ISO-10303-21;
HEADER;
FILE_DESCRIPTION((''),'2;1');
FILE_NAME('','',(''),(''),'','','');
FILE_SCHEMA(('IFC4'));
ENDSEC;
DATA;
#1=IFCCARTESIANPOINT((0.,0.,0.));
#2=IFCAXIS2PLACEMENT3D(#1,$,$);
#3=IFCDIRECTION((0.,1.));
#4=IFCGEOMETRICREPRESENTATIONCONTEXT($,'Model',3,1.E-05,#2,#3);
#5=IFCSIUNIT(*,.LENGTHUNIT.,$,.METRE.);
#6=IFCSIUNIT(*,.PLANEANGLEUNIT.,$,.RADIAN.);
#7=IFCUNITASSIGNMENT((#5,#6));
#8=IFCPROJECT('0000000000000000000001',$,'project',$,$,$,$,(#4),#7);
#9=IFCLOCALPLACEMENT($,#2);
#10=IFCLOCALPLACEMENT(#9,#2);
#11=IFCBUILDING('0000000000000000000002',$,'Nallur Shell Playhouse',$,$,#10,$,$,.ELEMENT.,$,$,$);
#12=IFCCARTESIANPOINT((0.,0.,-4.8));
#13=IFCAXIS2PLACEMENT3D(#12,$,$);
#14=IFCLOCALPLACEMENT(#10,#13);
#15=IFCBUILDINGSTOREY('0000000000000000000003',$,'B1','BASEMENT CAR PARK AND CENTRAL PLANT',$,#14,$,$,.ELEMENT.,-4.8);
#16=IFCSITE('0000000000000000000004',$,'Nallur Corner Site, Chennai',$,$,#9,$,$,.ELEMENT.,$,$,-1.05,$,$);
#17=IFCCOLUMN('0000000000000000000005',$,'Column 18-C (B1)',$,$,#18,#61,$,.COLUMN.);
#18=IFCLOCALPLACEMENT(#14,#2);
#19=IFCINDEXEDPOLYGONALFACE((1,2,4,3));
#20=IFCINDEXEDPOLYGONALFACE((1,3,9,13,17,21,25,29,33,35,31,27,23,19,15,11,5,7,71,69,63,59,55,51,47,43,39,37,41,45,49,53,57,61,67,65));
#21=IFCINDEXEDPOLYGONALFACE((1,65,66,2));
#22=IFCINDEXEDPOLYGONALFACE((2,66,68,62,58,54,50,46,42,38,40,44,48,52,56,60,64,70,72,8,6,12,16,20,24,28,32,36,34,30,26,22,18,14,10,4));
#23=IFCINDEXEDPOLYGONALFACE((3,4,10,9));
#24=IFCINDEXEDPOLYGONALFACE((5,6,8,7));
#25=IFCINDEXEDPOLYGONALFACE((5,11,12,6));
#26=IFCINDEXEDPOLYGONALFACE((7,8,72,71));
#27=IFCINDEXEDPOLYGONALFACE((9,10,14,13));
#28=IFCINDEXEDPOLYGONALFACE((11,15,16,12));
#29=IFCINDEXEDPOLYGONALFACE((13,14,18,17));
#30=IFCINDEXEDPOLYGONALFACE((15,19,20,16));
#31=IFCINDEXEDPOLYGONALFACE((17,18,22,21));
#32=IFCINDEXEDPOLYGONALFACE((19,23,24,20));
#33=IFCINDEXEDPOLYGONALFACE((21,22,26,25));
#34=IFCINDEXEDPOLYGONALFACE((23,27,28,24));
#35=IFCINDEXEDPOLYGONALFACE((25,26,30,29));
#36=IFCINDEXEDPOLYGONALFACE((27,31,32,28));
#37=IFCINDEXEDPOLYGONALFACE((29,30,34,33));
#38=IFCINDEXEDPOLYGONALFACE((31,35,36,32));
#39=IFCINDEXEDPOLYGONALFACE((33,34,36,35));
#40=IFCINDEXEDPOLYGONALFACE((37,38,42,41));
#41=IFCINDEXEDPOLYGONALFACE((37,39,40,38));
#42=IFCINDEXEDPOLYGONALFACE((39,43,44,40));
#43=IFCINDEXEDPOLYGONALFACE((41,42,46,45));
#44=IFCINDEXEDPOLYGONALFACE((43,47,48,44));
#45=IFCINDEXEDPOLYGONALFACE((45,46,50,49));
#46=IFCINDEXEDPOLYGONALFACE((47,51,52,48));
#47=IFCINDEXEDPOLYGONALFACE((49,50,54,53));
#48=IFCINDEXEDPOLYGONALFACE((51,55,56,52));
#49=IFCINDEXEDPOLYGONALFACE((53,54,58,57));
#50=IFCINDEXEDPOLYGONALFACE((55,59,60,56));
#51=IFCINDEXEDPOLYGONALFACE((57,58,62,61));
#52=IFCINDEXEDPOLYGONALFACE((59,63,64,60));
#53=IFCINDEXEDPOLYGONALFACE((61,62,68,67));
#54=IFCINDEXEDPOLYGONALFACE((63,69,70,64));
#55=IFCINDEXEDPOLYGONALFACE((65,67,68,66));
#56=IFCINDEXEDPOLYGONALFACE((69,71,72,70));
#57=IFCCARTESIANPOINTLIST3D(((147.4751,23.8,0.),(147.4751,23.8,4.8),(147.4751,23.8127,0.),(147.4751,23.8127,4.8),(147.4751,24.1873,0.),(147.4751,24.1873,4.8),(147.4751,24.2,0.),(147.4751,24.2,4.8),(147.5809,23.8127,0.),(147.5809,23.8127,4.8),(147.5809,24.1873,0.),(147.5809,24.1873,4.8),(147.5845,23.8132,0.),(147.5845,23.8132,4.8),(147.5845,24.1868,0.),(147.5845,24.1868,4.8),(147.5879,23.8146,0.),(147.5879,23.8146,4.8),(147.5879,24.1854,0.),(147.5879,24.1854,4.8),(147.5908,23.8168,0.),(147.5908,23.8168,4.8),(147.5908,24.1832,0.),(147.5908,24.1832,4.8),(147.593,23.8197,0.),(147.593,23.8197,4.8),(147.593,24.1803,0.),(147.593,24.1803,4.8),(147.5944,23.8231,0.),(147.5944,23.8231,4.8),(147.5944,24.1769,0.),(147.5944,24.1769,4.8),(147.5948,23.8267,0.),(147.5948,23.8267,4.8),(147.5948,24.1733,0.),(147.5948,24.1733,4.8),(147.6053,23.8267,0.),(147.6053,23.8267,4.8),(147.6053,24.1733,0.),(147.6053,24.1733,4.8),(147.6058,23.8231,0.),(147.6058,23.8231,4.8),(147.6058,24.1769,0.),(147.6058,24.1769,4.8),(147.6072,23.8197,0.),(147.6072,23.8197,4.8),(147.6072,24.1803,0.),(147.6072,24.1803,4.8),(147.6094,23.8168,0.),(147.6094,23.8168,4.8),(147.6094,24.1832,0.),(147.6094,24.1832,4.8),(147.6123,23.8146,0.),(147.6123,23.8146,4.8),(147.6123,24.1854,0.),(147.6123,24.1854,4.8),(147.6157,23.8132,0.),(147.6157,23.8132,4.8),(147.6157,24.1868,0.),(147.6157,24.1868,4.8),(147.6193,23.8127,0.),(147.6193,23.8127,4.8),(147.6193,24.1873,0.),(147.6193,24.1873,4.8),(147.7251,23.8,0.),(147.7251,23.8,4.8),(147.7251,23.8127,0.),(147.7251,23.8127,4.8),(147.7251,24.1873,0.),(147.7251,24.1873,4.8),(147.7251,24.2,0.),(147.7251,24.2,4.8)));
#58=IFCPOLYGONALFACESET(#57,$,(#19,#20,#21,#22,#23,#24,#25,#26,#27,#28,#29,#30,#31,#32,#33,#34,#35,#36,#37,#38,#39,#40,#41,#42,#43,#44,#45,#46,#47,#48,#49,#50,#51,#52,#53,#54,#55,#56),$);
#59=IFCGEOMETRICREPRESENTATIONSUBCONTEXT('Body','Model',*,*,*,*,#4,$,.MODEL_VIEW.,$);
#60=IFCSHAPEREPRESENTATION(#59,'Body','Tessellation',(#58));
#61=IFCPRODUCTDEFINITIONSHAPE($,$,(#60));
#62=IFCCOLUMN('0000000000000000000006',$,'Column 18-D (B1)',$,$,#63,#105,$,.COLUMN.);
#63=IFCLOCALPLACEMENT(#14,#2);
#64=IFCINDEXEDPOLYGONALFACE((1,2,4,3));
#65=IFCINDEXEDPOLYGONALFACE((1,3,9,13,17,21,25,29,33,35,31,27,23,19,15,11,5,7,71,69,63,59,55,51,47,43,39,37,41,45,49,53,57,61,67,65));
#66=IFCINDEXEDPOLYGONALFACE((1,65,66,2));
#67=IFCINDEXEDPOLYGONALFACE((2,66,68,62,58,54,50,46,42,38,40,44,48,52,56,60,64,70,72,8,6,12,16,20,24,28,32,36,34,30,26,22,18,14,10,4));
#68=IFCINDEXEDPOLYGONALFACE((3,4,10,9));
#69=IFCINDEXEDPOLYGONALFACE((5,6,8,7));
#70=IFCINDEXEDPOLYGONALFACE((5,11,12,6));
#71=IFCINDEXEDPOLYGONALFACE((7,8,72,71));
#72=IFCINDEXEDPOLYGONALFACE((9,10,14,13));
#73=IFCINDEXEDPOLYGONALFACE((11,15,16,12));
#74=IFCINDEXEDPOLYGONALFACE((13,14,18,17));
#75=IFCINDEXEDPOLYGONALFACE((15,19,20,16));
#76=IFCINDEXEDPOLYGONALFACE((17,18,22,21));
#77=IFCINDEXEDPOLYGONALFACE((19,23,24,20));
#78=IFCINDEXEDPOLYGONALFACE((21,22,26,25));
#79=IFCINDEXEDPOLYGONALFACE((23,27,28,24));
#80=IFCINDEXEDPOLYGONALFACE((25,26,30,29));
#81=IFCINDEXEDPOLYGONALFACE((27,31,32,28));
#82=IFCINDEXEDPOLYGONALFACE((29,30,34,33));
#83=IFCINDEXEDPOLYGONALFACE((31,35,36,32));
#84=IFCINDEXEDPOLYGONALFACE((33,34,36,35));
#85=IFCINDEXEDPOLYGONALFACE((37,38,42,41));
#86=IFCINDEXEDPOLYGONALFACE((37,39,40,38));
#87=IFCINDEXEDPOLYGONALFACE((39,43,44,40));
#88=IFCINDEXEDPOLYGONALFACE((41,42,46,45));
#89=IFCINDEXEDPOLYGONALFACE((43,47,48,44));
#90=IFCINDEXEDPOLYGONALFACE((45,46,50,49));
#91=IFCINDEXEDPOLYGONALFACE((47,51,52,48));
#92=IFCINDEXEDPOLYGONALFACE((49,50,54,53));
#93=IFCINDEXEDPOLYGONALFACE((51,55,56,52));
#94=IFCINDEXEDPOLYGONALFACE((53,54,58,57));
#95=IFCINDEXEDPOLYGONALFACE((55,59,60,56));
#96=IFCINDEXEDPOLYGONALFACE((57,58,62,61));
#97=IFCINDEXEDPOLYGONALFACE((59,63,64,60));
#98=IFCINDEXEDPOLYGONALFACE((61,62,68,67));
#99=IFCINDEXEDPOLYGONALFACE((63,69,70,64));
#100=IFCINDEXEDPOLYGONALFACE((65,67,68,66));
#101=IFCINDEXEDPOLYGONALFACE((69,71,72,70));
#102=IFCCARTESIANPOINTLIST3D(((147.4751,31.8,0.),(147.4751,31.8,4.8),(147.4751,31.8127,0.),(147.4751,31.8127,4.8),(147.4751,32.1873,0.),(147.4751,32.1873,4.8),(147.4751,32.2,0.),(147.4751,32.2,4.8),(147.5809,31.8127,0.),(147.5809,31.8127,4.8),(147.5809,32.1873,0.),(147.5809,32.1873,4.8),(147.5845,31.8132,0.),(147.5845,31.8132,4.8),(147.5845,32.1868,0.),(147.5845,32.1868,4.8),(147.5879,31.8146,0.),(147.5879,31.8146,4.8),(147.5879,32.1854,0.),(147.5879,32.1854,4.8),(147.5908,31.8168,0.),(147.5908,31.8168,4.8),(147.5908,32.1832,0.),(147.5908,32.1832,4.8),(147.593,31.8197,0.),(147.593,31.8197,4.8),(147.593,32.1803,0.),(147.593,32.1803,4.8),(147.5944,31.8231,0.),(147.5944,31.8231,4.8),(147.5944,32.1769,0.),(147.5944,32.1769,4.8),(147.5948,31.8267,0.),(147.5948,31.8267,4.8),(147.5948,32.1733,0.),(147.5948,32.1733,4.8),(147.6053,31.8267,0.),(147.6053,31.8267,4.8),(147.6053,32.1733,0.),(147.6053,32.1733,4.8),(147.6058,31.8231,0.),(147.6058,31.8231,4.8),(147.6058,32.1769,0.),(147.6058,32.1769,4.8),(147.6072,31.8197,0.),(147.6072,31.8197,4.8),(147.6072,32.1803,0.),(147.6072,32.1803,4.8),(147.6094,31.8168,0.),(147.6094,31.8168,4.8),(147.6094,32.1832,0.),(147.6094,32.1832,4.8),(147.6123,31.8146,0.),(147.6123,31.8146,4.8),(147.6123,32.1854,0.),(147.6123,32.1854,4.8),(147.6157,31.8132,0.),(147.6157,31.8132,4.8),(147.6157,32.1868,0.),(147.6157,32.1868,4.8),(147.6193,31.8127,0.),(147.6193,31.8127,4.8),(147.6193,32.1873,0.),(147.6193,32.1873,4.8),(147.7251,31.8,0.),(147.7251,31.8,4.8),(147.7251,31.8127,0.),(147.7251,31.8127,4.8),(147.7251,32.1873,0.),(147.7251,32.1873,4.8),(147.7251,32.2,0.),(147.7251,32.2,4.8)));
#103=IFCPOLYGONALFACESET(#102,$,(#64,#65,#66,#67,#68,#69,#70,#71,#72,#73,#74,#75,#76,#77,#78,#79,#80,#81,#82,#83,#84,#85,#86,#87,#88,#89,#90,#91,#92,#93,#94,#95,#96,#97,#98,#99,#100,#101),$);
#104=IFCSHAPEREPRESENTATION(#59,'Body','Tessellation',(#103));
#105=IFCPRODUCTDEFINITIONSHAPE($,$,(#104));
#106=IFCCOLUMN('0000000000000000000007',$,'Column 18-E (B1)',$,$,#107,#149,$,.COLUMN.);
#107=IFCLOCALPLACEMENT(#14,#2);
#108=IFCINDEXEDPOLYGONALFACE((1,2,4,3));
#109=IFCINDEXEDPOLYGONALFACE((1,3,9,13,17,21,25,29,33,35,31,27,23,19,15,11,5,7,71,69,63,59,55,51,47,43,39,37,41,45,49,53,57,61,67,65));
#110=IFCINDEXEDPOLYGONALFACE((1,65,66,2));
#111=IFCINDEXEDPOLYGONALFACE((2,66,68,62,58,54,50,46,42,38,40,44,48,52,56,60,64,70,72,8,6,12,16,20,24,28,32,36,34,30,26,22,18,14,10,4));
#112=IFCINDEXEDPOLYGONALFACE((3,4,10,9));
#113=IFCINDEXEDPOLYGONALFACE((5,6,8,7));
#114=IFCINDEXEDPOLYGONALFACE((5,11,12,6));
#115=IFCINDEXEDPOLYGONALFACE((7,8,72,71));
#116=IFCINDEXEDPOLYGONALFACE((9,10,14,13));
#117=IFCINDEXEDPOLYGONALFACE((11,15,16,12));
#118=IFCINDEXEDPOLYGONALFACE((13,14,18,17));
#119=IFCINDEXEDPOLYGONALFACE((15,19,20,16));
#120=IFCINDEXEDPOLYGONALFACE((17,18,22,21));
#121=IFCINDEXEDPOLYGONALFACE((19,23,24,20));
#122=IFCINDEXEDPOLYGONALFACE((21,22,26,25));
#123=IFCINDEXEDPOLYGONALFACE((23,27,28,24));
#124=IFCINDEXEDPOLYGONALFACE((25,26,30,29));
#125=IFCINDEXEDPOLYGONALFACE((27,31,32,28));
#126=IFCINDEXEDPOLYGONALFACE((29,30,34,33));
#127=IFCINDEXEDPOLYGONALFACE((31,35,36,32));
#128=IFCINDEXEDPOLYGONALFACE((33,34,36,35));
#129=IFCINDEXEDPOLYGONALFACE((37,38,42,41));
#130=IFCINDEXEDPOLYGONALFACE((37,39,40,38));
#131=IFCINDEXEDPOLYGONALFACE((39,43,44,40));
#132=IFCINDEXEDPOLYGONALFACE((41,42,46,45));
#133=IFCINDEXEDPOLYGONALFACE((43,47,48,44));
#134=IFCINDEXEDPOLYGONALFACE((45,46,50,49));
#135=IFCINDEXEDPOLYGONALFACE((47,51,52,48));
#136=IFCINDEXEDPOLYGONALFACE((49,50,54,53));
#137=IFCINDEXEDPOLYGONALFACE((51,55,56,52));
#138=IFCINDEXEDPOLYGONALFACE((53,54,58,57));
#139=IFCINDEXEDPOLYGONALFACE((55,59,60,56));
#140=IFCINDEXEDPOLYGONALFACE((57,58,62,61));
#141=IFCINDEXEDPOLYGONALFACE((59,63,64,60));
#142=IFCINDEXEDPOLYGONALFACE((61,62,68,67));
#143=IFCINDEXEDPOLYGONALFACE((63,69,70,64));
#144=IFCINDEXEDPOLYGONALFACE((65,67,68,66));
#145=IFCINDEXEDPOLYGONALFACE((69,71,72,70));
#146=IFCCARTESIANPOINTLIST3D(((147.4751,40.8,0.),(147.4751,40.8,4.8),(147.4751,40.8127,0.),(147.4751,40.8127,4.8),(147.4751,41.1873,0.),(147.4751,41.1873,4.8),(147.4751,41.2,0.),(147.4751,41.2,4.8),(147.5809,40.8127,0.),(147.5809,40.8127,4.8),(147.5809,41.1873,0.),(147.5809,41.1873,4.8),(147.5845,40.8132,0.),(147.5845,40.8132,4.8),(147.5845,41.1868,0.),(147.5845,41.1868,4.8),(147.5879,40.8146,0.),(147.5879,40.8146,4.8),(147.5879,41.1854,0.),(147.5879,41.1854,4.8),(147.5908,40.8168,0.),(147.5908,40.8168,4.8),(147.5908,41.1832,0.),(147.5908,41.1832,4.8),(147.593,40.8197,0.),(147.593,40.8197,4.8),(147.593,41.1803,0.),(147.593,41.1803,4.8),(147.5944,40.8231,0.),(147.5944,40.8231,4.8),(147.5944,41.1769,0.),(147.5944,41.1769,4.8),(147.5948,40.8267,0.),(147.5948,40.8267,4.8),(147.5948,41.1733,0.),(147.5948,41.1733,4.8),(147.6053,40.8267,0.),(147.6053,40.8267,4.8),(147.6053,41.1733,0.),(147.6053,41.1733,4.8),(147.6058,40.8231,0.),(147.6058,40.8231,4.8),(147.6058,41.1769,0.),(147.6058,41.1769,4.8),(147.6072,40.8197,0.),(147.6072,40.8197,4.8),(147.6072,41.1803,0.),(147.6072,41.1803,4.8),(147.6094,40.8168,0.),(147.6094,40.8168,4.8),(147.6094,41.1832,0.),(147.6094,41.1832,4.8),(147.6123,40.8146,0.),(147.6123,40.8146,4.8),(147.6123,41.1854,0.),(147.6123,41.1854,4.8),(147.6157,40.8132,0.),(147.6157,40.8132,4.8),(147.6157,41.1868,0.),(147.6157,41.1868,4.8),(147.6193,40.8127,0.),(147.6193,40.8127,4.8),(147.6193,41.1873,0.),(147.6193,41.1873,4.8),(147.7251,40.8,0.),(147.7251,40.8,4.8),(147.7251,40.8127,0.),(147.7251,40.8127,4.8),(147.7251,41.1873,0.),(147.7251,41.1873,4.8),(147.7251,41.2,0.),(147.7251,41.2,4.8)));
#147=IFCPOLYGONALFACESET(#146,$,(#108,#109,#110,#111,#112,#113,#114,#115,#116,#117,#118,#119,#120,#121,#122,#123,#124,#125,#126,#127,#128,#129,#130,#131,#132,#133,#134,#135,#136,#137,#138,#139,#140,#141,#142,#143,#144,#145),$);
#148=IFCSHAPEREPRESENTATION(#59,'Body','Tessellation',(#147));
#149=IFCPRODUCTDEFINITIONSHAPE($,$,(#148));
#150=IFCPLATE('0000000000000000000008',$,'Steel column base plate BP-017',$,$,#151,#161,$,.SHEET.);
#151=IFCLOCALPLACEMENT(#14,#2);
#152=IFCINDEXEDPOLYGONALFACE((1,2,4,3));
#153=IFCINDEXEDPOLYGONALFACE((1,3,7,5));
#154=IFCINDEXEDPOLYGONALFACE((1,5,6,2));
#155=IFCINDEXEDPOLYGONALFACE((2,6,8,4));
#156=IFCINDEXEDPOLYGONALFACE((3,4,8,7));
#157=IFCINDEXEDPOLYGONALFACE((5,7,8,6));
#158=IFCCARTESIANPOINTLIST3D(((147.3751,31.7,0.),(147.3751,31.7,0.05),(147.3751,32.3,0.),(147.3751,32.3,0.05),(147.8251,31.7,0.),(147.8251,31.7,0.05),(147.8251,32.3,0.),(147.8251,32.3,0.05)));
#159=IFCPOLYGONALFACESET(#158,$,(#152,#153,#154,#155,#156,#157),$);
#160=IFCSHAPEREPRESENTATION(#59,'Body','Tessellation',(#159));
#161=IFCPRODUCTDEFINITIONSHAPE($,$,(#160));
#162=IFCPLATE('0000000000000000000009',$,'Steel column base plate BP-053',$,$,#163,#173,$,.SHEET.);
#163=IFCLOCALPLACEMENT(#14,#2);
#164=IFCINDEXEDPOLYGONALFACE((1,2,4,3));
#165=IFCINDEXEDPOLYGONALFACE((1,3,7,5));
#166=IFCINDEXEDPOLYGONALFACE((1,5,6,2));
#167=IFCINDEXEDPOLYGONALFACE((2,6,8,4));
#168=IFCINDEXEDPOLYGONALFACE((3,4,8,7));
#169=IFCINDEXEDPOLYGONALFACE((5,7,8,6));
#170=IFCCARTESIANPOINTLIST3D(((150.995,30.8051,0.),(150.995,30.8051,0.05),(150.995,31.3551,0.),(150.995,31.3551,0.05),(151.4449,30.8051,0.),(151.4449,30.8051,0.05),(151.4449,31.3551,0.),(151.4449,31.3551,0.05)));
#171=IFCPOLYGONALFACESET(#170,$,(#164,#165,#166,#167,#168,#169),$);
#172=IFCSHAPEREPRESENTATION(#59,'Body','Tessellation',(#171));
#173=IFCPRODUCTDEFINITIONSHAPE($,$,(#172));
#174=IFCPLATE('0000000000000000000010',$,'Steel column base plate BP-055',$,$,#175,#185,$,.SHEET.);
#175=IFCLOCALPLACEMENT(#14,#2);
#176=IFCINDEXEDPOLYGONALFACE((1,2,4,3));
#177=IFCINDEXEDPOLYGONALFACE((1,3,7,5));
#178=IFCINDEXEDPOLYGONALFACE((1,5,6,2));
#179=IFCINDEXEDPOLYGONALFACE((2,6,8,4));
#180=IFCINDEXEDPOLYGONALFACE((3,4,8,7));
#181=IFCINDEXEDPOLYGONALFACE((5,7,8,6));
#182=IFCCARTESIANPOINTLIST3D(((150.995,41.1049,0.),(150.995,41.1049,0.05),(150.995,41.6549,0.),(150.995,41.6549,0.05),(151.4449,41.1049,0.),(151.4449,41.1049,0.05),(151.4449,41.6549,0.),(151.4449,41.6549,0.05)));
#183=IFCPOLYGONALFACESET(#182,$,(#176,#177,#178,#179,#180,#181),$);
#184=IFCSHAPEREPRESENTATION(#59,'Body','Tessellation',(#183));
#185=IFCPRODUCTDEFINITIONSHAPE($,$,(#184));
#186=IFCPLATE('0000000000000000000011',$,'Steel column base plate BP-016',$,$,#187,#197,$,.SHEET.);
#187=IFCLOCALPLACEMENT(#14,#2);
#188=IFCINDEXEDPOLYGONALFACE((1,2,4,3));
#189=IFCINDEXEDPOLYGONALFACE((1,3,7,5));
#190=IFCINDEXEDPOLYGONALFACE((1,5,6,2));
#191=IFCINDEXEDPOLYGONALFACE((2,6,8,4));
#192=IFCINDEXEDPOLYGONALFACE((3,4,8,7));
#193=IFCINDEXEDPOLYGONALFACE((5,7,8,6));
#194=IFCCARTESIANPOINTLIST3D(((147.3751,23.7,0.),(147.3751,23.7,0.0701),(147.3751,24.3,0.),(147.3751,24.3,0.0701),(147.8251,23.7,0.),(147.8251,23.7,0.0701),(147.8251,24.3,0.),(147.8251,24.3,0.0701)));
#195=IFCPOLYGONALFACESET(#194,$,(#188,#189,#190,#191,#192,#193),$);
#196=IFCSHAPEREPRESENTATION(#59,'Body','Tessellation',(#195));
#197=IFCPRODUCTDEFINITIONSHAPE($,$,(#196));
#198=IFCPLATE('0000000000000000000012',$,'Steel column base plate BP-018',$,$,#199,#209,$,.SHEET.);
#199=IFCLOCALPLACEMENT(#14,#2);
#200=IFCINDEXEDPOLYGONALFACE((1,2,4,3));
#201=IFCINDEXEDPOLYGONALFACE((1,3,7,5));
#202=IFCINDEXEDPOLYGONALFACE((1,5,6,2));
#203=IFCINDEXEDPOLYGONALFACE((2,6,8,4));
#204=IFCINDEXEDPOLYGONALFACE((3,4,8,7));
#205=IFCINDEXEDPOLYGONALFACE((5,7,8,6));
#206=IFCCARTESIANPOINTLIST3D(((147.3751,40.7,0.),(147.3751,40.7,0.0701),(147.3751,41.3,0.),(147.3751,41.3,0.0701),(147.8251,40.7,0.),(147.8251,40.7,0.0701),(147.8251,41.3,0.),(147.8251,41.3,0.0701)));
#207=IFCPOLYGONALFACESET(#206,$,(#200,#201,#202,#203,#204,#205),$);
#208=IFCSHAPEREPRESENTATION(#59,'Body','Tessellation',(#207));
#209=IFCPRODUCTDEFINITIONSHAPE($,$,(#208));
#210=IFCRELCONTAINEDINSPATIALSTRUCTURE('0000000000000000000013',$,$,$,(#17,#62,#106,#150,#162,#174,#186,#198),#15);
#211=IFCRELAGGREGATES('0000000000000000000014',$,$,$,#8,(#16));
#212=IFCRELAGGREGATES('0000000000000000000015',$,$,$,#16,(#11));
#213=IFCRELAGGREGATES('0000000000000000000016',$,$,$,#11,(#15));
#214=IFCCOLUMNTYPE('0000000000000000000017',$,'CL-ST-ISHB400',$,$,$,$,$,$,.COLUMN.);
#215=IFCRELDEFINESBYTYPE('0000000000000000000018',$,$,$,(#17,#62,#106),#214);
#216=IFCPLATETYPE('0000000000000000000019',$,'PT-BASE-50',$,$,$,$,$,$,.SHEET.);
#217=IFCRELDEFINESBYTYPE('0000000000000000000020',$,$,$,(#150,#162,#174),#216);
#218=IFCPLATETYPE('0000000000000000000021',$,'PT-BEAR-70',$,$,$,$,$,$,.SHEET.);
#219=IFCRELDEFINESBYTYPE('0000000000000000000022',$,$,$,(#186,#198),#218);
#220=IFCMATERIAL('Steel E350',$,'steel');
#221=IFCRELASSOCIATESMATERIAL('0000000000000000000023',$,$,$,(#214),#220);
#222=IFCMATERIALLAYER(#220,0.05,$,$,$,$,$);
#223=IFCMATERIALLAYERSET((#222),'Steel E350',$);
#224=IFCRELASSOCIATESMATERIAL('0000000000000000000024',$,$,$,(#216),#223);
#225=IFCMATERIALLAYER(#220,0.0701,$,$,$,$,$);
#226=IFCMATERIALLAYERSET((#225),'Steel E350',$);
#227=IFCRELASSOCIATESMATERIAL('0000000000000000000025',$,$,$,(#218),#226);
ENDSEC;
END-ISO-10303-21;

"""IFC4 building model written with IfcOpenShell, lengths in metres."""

from ifc_helpers import new_model, si_unit, direction, frame, origin, origin_2d, place, context, subcontext, project, spatial, rectangle, i_section, extrude, material, layer, layer_set, material_profile, profile_set, type_object, element, save


model = new_model("IFC4")

# Units and contexts
model_context = context("Model", 3, precision=1e-05, world=origin(), true_north=direction((0.0, 1.0)))
body_context = subcontext(model_context, "Body", "Model", "MODEL_VIEW")
ifc_project = project(units=[si_unit("LENGTHUNIT", "METRE"), si_unit("PLANEANGLEUNIT", "RADIAN")], contexts=[model_context])

# Site, building, storey
site_placement = place(None, origin())
site = spatial("IfcSite", under=ifc_project, at=site_placement, Name="Nallur Corner Site, Chennai", CompositionType="ELEMENT", RefElevation=-1.05)
building_placement = place(site_placement, origin())
building = spatial("IfcBuilding", under=site, at=building_placement, Name="Nallur Shell Playhouse", CompositionType="ELEMENT")
storey_placement = place(building_placement, frame((0.0, 0.0, -4.8)))
storey = spatial("IfcBuildingStorey", under=building, at=storey_placement, Name="B1", Description="BASEMENT CAR PARK AND CENTRAL PLANT", CompositionType="ELEMENT", Elevation=-4.8)

# Columns
ifc_material_1 = material(Name="Steel E350", Category="steel")
ifc_material_profile_1 = material_profile(ifc_material_1, i_section(OverallWidth=0.25, OverallDepth=0.3999, WebThickness=0.0105, FlangeThickness=0.0127, FilletRadius=0.0139, at=origin_2d()), Name="ISHB 400")
ifc_profile_set_1 = profile_set([ifc_material_profile_1], Name="Steel E350")
column_type_1 = type_object("IfcColumnType", Name="CL-ST-ISHB400", PredefinedType="COLUMN", material=ifc_profile_set_1)
for number, where, z_axis, x_axis, name in (
    (1, (147.6001, 24.0, 0.0), (0.0, 0.0, 1.0), (1.0, 0.0, 0.0), "Column 18-C (B1)"),
    (2, (147.6001, 32.0, 0.0), (0.0, 0.0, 1.0), (1.0, 0.0, 0.0), "Column 18-D (B1)"),
    (3, (147.6001, 41.0, 0.0), (0.0, 0.0, 1.0), (1.0, 0.0, 0.0), "Column 18-E (B1)"),
):
    element("IfcColumn", number, at=place(storey_placement, frame(where, z_axis=z_axis, x_axis=x_axis)), inside=storey, type_object=column_type_1, Name=name, PredefinedType="COLUMN", context=body_context, shape_type="SweptSolid", body=[
        extrude(i_section(OverallWidth=0.25, OverallDepth=0.3999, WebThickness=0.0105, FlangeThickness=0.0127, FilletRadius=0.0139, at=origin_2d()), origin(), (0.0, 0.0, 1.0), 4.8),
    ])

# Plates
ifc_layer_1 = layer(ifc_material_1, 0.05)
ifc_layer_set_1 = layer_set([ifc_layer_1], Name="Steel E350")
plate_type_1 = type_object("IfcPlateType", Name="PT-BASE-50", PredefinedType="SHEET", material=ifc_layer_set_1)
plate_1_placement = place(storey_placement, frame((147.6001, 32.0, 0.0), z_axis=(0.0, 0.0, 1.0), x_axis=(1.0, 0.0, 0.0)))
element("IfcPlate", 4, at=plate_1_placement, inside=storey, type_object=plate_type_1, Name="Steel column base plate BP-017", PredefinedType="SHEET", context=body_context, shape_type="SweptSolid", body=[
    extrude(rectangle(XDim=0.45, YDim=0.6001, at=origin_2d()), origin(), (0.0, 0.0, 1.0), 0.05),
])
for number, where, z_axis, x_axis, name in (
    (5, (151.22, 31.0801, 0.0), (0.0, 0.0, 1.0), (1.0, 0.0, 0.0), "Steel column base plate BP-053"),
    (6, (151.22, 41.3799, 0.0), (0.0, 0.0, 1.0), (1.0, 0.0, 0.0), "Steel column base plate BP-055"),
):
    element("IfcPlate", number, at=place(storey_placement, frame(where, z_axis=z_axis, x_axis=x_axis)), inside=storey, type_object=plate_type_1, Name=name, PredefinedType="SHEET", context=body_context, shape_type="SweptSolid", body=[
        extrude(rectangle(XDim=0.45, YDim=0.55, at=origin_2d()), origin(), (0.0, 0.0, 1.0), 0.05),
    ])
ifc_layer_2 = layer(ifc_material_1, 0.0701)
ifc_layer_set_2 = layer_set([ifc_layer_2], Name="Steel E350")
plate_type_2 = type_object("IfcPlateType", Name="PT-BEAR-70", PredefinedType="SHEET", material=ifc_layer_set_2)
for number, where, z_axis, x_axis, name in (
    (7, (147.6001, 24.0, 0.0), (0.0, 0.0, 1.0), (1.0, 0.0, 0.0), "Steel column base plate BP-016"),
    (8, (147.6001, 41.0, 0.0), (0.0, 0.0, 1.0), (1.0, 0.0, 0.0), "Steel column base plate BP-018"),
):
    element("IfcPlate", number, at=place(storey_placement, frame(where, z_axis=z_axis, x_axis=x_axis)), inside=storey, type_object=plate_type_2, Name=name, PredefinedType="SHEET", context=body_context, shape_type="SweptSolid", body=[
        extrude(rectangle(XDim=0.45, YDim=0.6001, at=origin_2d()), origin(), (0.0, 0.0, 1.0), 0.0701),
    ])

save(model, "model.ifc")
